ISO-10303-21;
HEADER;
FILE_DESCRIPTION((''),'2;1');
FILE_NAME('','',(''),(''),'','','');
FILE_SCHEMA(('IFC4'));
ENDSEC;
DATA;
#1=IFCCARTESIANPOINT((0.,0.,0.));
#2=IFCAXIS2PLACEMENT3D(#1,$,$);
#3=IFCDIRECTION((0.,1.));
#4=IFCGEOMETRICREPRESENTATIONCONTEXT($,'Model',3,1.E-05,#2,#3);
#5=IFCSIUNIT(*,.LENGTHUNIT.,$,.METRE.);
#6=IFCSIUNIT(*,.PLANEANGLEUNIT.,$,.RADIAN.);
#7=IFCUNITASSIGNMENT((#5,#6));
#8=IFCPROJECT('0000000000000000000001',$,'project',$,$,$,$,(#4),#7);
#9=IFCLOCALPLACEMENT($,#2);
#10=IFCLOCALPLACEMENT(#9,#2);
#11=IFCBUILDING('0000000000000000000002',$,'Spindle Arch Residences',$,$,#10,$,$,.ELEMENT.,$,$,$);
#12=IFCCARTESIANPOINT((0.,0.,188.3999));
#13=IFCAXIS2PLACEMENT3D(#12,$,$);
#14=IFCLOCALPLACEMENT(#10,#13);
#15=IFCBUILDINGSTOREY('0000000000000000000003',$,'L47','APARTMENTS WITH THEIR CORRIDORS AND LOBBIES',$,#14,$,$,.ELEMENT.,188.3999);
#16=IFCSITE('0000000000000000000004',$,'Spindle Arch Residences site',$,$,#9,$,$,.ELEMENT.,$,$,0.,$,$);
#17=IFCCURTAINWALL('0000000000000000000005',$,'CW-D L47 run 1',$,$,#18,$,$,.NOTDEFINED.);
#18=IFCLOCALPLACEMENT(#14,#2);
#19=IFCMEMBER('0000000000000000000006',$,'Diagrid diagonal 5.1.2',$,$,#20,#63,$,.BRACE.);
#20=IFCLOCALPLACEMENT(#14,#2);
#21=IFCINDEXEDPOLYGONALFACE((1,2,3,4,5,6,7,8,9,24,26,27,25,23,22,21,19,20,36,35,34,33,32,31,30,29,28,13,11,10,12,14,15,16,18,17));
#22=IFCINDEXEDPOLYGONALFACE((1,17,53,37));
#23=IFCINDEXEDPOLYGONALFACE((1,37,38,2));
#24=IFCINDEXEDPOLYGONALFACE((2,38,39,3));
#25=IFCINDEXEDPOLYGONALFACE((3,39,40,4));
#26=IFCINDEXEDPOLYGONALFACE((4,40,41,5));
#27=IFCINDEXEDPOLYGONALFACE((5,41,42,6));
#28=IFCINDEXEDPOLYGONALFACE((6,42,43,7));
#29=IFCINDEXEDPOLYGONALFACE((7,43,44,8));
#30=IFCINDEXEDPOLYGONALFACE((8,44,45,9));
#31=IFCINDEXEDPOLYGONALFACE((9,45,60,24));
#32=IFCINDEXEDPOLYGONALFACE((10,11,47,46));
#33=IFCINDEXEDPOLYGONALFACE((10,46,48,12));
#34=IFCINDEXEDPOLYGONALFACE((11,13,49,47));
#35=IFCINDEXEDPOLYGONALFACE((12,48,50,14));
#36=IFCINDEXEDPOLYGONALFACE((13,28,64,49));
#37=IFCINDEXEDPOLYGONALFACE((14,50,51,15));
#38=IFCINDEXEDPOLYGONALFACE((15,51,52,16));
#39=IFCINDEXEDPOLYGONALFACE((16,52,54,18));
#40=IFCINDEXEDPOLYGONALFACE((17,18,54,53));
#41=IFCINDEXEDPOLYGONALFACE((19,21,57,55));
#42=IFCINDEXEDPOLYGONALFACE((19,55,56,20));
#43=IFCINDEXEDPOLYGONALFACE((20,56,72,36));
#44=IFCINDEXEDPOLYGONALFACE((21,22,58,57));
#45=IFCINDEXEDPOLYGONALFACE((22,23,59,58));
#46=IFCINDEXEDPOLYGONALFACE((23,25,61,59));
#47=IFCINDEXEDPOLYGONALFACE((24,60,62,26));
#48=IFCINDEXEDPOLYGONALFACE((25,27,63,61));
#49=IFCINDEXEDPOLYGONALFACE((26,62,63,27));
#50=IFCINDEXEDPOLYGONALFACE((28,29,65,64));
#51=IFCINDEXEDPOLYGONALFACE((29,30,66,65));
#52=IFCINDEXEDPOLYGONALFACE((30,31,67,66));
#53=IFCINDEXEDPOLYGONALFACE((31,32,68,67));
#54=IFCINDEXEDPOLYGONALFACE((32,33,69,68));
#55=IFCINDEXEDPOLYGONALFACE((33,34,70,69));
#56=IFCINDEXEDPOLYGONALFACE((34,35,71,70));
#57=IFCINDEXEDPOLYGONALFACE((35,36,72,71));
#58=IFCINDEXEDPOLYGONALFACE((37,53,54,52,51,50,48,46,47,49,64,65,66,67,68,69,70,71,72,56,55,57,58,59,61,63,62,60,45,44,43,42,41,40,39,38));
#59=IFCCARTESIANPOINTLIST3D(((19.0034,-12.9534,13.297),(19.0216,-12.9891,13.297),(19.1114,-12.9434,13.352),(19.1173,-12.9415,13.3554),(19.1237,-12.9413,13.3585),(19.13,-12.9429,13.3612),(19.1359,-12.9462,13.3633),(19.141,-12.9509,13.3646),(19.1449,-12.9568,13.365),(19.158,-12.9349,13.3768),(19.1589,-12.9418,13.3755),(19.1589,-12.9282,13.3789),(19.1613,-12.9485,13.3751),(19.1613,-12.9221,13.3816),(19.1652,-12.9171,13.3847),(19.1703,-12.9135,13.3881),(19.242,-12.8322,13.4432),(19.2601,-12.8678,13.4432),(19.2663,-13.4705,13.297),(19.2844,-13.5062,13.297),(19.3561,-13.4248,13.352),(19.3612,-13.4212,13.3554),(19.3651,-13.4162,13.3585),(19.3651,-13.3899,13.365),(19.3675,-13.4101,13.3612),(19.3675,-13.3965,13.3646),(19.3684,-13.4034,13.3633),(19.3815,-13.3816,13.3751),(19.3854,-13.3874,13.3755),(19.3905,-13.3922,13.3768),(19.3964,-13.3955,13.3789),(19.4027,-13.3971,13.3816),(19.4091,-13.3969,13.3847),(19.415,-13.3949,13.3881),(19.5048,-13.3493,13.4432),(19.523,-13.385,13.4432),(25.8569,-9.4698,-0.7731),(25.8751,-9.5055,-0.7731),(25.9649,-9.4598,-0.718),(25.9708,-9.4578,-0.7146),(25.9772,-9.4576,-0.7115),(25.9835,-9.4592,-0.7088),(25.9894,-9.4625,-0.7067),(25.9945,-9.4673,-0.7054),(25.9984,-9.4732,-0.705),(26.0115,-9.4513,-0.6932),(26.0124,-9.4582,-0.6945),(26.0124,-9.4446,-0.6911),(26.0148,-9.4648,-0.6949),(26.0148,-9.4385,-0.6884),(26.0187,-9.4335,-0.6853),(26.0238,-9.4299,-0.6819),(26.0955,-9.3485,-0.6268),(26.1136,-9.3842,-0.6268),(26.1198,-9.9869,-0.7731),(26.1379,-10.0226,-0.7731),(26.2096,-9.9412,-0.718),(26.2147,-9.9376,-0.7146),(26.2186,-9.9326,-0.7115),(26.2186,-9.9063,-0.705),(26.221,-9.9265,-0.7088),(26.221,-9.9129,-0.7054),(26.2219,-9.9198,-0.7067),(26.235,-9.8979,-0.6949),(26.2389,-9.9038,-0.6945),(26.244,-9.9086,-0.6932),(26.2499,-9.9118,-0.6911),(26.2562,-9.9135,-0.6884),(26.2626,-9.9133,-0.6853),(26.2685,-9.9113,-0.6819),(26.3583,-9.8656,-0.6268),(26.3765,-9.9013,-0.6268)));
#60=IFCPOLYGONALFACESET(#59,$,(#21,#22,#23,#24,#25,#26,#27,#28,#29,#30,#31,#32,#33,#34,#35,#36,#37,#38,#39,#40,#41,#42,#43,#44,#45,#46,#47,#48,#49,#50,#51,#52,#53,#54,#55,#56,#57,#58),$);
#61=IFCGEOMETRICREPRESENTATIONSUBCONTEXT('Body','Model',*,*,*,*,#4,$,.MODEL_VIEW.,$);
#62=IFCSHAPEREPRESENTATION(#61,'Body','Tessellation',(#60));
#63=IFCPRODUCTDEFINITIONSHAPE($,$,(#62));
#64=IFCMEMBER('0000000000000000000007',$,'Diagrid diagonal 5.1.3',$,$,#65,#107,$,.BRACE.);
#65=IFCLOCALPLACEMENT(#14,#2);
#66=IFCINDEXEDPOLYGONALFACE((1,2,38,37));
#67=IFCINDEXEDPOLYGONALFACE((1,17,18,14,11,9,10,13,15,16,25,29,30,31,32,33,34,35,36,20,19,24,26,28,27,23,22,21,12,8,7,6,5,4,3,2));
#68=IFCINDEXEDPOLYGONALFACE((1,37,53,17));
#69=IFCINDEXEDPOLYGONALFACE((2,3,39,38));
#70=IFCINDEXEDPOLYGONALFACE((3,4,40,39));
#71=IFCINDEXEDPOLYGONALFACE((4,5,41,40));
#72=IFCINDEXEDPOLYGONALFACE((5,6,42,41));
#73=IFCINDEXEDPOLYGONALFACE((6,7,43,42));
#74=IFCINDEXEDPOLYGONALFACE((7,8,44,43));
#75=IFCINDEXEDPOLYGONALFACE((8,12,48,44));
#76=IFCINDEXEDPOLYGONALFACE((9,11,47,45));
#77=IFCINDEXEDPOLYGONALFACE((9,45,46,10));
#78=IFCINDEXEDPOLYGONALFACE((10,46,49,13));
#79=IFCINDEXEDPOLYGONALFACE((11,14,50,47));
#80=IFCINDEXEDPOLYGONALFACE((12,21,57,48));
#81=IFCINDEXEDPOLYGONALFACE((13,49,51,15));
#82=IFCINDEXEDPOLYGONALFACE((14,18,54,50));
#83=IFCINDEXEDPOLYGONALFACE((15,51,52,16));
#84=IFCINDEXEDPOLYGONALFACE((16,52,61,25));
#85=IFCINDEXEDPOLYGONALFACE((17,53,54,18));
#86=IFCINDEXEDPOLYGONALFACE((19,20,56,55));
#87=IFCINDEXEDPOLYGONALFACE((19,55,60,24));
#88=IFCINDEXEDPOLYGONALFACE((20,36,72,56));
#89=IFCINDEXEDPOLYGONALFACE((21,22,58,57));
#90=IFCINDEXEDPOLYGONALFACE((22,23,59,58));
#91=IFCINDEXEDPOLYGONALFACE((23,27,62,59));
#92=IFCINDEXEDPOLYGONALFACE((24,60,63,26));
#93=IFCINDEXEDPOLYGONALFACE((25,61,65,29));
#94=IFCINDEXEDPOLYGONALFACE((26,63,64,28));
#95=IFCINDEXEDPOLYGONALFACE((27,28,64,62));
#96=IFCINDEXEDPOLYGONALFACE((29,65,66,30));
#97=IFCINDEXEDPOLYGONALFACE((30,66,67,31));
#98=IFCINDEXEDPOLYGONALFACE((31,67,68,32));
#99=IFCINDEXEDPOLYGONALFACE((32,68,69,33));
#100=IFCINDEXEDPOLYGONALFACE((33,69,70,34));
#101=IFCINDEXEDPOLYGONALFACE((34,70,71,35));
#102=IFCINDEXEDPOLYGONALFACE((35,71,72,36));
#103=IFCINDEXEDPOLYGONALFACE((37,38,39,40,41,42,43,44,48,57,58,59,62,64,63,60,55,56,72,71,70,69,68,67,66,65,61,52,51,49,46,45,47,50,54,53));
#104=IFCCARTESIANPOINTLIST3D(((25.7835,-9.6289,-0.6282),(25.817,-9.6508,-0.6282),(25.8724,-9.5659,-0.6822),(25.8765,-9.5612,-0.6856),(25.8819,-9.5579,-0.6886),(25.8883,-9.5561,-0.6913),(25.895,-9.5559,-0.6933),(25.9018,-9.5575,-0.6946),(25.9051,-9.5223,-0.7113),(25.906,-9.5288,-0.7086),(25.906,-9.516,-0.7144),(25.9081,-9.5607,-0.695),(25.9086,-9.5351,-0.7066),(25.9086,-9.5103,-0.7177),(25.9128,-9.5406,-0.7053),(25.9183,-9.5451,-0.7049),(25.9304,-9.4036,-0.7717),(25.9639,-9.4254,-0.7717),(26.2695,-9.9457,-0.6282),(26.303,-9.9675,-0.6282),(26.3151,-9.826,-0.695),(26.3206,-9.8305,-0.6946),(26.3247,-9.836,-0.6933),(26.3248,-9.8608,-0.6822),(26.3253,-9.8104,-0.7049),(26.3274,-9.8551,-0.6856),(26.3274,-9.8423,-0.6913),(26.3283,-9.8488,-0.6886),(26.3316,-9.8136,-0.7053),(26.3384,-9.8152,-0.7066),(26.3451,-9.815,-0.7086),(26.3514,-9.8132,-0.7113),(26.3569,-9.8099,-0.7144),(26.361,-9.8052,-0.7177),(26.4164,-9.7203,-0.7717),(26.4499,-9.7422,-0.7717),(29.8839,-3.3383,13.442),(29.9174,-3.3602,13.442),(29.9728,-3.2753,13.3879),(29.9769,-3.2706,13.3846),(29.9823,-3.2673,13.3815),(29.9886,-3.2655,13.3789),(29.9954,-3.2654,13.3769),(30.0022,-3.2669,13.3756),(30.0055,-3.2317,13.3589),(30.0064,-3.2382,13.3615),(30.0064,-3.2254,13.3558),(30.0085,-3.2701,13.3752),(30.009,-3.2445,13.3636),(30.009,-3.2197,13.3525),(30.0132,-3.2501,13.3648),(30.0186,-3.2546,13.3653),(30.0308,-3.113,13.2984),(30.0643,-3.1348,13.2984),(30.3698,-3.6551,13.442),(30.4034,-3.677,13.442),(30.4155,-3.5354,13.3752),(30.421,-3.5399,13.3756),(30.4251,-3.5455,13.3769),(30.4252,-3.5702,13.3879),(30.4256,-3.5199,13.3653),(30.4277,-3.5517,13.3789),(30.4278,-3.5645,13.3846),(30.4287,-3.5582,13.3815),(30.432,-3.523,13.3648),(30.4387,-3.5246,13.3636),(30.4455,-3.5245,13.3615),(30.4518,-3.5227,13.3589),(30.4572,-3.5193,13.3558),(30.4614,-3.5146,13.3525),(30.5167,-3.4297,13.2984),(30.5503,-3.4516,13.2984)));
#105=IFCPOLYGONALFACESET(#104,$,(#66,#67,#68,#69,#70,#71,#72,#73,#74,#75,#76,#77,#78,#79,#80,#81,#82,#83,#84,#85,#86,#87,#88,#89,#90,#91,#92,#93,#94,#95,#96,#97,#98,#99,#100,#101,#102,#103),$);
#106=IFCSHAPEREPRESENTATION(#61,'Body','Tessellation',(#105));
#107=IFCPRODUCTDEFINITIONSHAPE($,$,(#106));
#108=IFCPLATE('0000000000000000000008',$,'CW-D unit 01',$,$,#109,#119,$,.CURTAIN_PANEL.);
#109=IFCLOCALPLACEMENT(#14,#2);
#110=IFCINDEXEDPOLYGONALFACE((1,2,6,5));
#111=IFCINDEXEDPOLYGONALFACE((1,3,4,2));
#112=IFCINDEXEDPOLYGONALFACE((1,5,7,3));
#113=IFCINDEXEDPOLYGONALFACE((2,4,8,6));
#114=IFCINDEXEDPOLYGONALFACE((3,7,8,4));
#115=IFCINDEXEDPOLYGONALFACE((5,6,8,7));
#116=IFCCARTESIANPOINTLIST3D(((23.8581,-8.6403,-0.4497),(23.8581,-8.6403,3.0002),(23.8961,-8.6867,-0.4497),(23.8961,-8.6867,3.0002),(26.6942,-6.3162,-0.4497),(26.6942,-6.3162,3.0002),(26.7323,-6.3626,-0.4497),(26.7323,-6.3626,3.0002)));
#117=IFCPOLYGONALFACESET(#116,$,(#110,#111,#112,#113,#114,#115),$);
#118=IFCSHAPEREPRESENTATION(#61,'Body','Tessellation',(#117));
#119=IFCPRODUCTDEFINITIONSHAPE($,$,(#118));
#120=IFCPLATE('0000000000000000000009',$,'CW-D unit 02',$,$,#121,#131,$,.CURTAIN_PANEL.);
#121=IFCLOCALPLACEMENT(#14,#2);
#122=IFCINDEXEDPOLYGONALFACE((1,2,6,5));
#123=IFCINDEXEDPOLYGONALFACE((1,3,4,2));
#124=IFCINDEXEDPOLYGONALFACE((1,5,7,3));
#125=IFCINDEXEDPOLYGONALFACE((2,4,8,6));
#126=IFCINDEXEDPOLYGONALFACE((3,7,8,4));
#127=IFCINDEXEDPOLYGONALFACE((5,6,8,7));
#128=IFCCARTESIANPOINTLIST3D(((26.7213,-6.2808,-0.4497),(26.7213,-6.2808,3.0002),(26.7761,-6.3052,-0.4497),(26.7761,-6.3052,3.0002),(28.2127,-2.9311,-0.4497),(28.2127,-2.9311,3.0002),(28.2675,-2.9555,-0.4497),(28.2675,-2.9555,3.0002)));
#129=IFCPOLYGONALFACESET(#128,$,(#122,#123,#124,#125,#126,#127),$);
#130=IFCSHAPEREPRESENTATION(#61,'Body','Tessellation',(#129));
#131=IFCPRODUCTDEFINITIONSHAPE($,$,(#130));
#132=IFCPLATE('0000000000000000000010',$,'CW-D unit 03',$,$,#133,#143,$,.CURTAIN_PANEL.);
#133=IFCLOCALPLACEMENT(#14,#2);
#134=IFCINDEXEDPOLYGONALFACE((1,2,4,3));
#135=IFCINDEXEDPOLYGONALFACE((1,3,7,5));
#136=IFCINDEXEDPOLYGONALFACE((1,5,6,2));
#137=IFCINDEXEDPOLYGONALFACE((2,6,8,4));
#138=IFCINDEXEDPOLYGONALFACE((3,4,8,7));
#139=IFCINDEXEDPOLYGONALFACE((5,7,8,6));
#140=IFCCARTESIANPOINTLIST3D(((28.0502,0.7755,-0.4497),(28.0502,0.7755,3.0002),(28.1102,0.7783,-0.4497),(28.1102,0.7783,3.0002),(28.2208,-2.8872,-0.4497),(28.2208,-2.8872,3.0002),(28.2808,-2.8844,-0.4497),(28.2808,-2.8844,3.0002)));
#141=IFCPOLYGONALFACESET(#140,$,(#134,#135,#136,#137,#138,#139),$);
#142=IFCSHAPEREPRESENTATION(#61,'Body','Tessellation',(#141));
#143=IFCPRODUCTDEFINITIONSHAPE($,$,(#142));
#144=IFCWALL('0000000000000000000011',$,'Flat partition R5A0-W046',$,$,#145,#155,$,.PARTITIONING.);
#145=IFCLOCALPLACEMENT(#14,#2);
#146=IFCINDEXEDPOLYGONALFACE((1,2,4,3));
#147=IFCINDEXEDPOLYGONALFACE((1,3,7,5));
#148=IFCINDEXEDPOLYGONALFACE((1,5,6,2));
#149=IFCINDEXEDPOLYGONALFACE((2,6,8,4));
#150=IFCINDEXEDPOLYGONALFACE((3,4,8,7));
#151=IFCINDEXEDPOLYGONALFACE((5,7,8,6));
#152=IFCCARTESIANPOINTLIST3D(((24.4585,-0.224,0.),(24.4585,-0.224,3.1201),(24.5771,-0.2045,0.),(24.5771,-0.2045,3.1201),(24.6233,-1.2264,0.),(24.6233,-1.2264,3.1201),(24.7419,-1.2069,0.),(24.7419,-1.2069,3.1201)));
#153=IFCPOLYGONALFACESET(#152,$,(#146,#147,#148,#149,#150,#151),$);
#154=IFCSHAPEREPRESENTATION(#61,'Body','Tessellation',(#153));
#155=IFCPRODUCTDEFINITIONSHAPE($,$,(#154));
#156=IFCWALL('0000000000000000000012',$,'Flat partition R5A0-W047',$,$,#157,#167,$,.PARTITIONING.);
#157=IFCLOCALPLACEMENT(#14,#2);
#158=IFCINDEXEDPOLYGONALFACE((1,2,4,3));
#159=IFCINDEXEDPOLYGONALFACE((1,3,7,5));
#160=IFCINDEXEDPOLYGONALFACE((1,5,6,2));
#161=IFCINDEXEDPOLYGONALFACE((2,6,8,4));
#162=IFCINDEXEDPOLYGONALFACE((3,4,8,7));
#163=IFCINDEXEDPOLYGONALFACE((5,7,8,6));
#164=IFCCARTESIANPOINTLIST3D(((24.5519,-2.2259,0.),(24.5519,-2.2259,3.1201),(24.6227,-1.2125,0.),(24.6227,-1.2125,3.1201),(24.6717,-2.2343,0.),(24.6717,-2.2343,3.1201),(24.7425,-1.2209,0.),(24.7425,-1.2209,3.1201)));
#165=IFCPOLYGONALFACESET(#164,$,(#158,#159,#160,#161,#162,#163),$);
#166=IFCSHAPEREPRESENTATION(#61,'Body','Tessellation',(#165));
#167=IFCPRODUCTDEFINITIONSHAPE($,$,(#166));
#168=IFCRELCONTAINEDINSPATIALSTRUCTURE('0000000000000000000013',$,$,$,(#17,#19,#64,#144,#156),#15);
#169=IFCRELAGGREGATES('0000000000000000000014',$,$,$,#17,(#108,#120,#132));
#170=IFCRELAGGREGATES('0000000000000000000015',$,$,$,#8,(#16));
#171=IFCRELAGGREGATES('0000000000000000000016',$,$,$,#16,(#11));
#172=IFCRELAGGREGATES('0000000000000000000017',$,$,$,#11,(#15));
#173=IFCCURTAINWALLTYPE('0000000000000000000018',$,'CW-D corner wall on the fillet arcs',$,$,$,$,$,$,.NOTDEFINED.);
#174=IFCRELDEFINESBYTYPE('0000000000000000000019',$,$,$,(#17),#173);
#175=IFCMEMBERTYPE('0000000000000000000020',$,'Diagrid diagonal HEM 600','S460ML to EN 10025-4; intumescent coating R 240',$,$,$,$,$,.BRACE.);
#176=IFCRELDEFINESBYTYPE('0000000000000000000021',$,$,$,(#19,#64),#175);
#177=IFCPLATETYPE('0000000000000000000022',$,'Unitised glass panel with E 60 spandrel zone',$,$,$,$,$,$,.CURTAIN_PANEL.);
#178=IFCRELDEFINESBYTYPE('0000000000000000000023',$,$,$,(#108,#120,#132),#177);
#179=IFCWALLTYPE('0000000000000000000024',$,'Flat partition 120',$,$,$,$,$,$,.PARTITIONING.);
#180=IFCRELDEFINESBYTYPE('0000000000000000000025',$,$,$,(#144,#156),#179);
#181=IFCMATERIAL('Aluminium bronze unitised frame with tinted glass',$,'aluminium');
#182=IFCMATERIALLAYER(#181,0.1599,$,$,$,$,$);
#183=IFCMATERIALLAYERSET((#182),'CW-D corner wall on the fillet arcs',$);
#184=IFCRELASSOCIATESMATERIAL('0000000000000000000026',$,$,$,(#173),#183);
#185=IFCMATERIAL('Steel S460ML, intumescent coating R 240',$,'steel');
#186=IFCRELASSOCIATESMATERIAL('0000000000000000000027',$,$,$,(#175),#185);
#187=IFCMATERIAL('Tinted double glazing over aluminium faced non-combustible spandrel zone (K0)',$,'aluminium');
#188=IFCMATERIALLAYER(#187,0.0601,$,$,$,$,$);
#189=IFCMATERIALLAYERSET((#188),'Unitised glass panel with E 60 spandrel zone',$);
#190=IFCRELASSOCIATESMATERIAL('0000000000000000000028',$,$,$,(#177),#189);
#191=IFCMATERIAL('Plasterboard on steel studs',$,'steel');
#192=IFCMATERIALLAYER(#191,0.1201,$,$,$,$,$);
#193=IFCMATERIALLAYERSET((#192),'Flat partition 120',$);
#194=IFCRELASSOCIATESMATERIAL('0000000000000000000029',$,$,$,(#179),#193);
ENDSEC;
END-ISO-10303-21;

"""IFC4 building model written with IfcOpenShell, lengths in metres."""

from ifc_helpers import new_model, si_unit, direction, frame, frame_2d, origin, origin_2d, place, context, subcontext, project, spatial, rectangle, i_section, extrude, material, layer, layer_set, material_profile, profile_set, type_object, element, aggregate, save


model = new_model("IFC4")

# Units and contexts
model_context = context("Model", 3, precision=1e-05, world=origin(), true_north=direction((0.0, 1.0)))
body_context = subcontext(model_context, "Body", "Model", "MODEL_VIEW")
ifc_project = project(units=[si_unit("LENGTHUNIT", "METRE"), si_unit("PLANEANGLEUNIT", "RADIAN")], contexts=[model_context])

# Site, building, storey
site_placement = place(None, origin())
site = spatial("IfcSite", under=ifc_project, at=site_placement, Name="Spindle Arch Residences site", CompositionType="ELEMENT", RefElevation=0.0)
building_placement = place(site_placement, origin())
building = spatial("IfcBuilding", under=site, at=building_placement, Name="Spindle Arch Residences", CompositionType="ELEMENT")
storey_placement = place(building_placement, frame((0.0, 0.0, 188.3999)))
storey = spatial("IfcBuildingStorey", under=building, at=storey_placement, Name="L47", Description="APARTMENTS WITH THEIR CORRIDORS AND LOBBIES", CompositionType="ELEMENT", Elevation=188.3999)

# Curtain wall
ifc_material_1 = material(Name="Aluminium bronze unitised frame with tinted glass", Category="aluminium")
ifc_layer_1 = layer(ifc_material_1, 0.1599)
ifc_layer_set_1 = layer_set([ifc_layer_1], Name="CW-D corner wall on the fillet arcs")
curtain_wall_type = type_object("IfcCurtainWallType", Name="CW-D corner wall on the fillet arcs", PredefinedType="NOTDEFINED", material=ifc_layer_set_1)
curtain_wall_placement = place(storey_placement, origin())
curtain_wall = element("IfcCurtainWall", 1, at=curtain_wall_placement, inside=storey, type_object=curtain_wall_type, Name="CW-D L47 run 1", PredefinedType="NOTDEFINED")

# Members
ifc_material_2 = material(Name="Steel S460ML, intumescent coating R 240", Category="steel")
ifc_material_profile_1 = material_profile(ifc_material_2, i_section(OverallWidth=0.3049, OverallDepth=0.6201, WebThickness=0.021, FlangeThickness=0.04, FilletRadius=0.0271, at=origin_2d()), Name="HEM 600")
ifc_profile_set_1 = profile_set([ifc_material_profile_1], Name="Steel S460ML, intumescent coating R 240")
member_type_1 = type_object("IfcMemberType", Name="Diagrid diagonal HEM 600", Description="S460ML to EN 10025-4; intumescent coating R 240", PredefinedType="BRACE", material=ifc_profile_set_1)
member_1_placement = place(storey_placement, frame((26.1167, -9.6855, -0.7), z_axis=(-0.42745, -0.217273, 0.877542), x_axis=(0.782283, 0.397634, 0.4795)))
element("IfcMember", 2, at=member_1_placement, inside=storey, type_object=member_type_1, Name="Diagrid diagonal 5.1.2", PredefinedType="BRACE", context=body_context, shape_type="SweptSolid", body=[
    extrude(i_section(OverallWidth=0.3049, OverallDepth=0.6201, WebThickness=0.021, FlangeThickness=0.04, FilletRadius=0.0271, at=origin_2d()), origin(), (0.0, 0.0, 1.0), 16.0334),
])
member_2_placement = place(storey_placement, frame((26.1167, -9.6855, -0.7), z_axis=(0.257101, 0.394431, 0.882226), x_axis=(-0.481752, -0.739079, 0.470826)))
element("IfcMember", 3, at=member_2_placement, inside=storey, type_object=member_type_1, Name="Diagrid diagonal 5.1.3", PredefinedType="BRACE", context=body_context, shape_type="SweptSolid", body=[
    extrude(i_section(OverallWidth=0.3049, OverallDepth=0.6201, WebThickness=0.021, FlangeThickness=0.04, FilletRadius=0.0271, at=origin_2d()), origin(), (0.0, 0.0, 1.0), 15.9485),
])

# Plates
ifc_material_3 = material(Name="Tinted double glazing over aluminium faced non-combustible spandrel zone (K0)", Category="aluminium")
ifc_layer_2 = layer(ifc_material_3, 0.0601)
ifc_layer_set_2 = layer_set([ifc_layer_2], Name="Unitised glass panel with E 60 spandrel zone")
plate_type = type_object("IfcPlateType", Name="Unitised glass panel with E 60 spandrel zone", PredefinedType="CURTAIN_PANEL", material=ifc_layer_set_2)
plate_1_placement = place(storey_placement, frame((25.2952, -7.5015, -0.4497), z_axis=(0.0, 0.0, 1.0), x_axis=(0.773472, 0.633831, 0.0)))
plate_1 = element("IfcPlate", 4, at=plate_1_placement, type_object=plate_type, Name="CW-D unit 01", PredefinedType="CURTAIN_PANEL", context=body_context, shape_type="SweptSolid", body=[
    extrude(rectangle(XDim=3.6667, YDim=0.0601, at=origin_2d()), origin(), (0.0, 0.0, 1.0), 3.45),
])
plate_2_placement = place(storey_placement, frame((27.4944, -4.6182, -0.4497), z_axis=(0.0, 0.0, 1.0), x_axis=(0.406737, 0.913545, 0.0)))
plate_2 = element("IfcPlate", 5, at=plate_2_placement, type_object=plate_type, Name="CW-D unit 02", PredefinedType="CURTAIN_PANEL", context=body_context, shape_type="SweptSolid", body=[
    extrude(rectangle(XDim=3.6667, YDim=0.0601, at=origin_2d()), origin(), (0.0, 0.0, 1.0), 3.45),
])
plate_3_placement = place(storey_placement, frame((28.1655, -1.0544, -0.4497), z_axis=(0.0, 0.0, 1.0), x_axis=(-0.046525, 0.998917, 0.0)))
plate_3 = element("IfcPlate", 6, at=plate_3_placement, type_object=plate_type, Name="CW-D unit 03", PredefinedType="CURTAIN_PANEL", context=body_context, shape_type="SweptSolid", body=[
    extrude(rectangle(XDim=3.6667, YDim=0.0601, at=origin_2d()), origin(), (0.0, 0.0, 1.0), 3.45),
])
aggregate(curtain_wall, [plate_1, plate_2, plate_3])

# Walls
ifc_material_4 = material(Name="Plasterboard on steel studs", Category="steel")
ifc_layer_3 = layer(ifc_material_4, 0.1201)
ifc_layer_set_3 = layer_set([ifc_layer_3], Name="Flat partition 120")
wall_type_1 = type_object("IfcWallType", Name="Flat partition 120", PredefinedType="PARTITIONING", material=ifc_layer_set_3)
for number, where, z_axis, x_axis, name in (
    (7, (24.5178, -0.2144, 0.0), (0.0, 0.0, 1.0), (0.162216, -0.986755, 0.0), "Flat partition R5A0-W046"),
    (8, (24.6826, -1.2168, 0.0), (0.0, 0.0, 1.0), (-0.069693, -0.997568, 0.0), "Flat partition R5A0-W047"),
):
    element("IfcWall", number, at=place(storey_placement, frame(where, z_axis=z_axis, x_axis=x_axis)), inside=storey, type_object=wall_type_1, Name=name, PredefinedType="PARTITIONING", context=body_context, shape_type="SweptSolid", body=[
        extrude(rectangle(XDim=1.0159, YDim=0.1201, at=frame_2d((0.5078, 0.0))), origin(), (0.0, 0.0, 1.0), 3.1201),
    ])

save(model, "model.ifc")
